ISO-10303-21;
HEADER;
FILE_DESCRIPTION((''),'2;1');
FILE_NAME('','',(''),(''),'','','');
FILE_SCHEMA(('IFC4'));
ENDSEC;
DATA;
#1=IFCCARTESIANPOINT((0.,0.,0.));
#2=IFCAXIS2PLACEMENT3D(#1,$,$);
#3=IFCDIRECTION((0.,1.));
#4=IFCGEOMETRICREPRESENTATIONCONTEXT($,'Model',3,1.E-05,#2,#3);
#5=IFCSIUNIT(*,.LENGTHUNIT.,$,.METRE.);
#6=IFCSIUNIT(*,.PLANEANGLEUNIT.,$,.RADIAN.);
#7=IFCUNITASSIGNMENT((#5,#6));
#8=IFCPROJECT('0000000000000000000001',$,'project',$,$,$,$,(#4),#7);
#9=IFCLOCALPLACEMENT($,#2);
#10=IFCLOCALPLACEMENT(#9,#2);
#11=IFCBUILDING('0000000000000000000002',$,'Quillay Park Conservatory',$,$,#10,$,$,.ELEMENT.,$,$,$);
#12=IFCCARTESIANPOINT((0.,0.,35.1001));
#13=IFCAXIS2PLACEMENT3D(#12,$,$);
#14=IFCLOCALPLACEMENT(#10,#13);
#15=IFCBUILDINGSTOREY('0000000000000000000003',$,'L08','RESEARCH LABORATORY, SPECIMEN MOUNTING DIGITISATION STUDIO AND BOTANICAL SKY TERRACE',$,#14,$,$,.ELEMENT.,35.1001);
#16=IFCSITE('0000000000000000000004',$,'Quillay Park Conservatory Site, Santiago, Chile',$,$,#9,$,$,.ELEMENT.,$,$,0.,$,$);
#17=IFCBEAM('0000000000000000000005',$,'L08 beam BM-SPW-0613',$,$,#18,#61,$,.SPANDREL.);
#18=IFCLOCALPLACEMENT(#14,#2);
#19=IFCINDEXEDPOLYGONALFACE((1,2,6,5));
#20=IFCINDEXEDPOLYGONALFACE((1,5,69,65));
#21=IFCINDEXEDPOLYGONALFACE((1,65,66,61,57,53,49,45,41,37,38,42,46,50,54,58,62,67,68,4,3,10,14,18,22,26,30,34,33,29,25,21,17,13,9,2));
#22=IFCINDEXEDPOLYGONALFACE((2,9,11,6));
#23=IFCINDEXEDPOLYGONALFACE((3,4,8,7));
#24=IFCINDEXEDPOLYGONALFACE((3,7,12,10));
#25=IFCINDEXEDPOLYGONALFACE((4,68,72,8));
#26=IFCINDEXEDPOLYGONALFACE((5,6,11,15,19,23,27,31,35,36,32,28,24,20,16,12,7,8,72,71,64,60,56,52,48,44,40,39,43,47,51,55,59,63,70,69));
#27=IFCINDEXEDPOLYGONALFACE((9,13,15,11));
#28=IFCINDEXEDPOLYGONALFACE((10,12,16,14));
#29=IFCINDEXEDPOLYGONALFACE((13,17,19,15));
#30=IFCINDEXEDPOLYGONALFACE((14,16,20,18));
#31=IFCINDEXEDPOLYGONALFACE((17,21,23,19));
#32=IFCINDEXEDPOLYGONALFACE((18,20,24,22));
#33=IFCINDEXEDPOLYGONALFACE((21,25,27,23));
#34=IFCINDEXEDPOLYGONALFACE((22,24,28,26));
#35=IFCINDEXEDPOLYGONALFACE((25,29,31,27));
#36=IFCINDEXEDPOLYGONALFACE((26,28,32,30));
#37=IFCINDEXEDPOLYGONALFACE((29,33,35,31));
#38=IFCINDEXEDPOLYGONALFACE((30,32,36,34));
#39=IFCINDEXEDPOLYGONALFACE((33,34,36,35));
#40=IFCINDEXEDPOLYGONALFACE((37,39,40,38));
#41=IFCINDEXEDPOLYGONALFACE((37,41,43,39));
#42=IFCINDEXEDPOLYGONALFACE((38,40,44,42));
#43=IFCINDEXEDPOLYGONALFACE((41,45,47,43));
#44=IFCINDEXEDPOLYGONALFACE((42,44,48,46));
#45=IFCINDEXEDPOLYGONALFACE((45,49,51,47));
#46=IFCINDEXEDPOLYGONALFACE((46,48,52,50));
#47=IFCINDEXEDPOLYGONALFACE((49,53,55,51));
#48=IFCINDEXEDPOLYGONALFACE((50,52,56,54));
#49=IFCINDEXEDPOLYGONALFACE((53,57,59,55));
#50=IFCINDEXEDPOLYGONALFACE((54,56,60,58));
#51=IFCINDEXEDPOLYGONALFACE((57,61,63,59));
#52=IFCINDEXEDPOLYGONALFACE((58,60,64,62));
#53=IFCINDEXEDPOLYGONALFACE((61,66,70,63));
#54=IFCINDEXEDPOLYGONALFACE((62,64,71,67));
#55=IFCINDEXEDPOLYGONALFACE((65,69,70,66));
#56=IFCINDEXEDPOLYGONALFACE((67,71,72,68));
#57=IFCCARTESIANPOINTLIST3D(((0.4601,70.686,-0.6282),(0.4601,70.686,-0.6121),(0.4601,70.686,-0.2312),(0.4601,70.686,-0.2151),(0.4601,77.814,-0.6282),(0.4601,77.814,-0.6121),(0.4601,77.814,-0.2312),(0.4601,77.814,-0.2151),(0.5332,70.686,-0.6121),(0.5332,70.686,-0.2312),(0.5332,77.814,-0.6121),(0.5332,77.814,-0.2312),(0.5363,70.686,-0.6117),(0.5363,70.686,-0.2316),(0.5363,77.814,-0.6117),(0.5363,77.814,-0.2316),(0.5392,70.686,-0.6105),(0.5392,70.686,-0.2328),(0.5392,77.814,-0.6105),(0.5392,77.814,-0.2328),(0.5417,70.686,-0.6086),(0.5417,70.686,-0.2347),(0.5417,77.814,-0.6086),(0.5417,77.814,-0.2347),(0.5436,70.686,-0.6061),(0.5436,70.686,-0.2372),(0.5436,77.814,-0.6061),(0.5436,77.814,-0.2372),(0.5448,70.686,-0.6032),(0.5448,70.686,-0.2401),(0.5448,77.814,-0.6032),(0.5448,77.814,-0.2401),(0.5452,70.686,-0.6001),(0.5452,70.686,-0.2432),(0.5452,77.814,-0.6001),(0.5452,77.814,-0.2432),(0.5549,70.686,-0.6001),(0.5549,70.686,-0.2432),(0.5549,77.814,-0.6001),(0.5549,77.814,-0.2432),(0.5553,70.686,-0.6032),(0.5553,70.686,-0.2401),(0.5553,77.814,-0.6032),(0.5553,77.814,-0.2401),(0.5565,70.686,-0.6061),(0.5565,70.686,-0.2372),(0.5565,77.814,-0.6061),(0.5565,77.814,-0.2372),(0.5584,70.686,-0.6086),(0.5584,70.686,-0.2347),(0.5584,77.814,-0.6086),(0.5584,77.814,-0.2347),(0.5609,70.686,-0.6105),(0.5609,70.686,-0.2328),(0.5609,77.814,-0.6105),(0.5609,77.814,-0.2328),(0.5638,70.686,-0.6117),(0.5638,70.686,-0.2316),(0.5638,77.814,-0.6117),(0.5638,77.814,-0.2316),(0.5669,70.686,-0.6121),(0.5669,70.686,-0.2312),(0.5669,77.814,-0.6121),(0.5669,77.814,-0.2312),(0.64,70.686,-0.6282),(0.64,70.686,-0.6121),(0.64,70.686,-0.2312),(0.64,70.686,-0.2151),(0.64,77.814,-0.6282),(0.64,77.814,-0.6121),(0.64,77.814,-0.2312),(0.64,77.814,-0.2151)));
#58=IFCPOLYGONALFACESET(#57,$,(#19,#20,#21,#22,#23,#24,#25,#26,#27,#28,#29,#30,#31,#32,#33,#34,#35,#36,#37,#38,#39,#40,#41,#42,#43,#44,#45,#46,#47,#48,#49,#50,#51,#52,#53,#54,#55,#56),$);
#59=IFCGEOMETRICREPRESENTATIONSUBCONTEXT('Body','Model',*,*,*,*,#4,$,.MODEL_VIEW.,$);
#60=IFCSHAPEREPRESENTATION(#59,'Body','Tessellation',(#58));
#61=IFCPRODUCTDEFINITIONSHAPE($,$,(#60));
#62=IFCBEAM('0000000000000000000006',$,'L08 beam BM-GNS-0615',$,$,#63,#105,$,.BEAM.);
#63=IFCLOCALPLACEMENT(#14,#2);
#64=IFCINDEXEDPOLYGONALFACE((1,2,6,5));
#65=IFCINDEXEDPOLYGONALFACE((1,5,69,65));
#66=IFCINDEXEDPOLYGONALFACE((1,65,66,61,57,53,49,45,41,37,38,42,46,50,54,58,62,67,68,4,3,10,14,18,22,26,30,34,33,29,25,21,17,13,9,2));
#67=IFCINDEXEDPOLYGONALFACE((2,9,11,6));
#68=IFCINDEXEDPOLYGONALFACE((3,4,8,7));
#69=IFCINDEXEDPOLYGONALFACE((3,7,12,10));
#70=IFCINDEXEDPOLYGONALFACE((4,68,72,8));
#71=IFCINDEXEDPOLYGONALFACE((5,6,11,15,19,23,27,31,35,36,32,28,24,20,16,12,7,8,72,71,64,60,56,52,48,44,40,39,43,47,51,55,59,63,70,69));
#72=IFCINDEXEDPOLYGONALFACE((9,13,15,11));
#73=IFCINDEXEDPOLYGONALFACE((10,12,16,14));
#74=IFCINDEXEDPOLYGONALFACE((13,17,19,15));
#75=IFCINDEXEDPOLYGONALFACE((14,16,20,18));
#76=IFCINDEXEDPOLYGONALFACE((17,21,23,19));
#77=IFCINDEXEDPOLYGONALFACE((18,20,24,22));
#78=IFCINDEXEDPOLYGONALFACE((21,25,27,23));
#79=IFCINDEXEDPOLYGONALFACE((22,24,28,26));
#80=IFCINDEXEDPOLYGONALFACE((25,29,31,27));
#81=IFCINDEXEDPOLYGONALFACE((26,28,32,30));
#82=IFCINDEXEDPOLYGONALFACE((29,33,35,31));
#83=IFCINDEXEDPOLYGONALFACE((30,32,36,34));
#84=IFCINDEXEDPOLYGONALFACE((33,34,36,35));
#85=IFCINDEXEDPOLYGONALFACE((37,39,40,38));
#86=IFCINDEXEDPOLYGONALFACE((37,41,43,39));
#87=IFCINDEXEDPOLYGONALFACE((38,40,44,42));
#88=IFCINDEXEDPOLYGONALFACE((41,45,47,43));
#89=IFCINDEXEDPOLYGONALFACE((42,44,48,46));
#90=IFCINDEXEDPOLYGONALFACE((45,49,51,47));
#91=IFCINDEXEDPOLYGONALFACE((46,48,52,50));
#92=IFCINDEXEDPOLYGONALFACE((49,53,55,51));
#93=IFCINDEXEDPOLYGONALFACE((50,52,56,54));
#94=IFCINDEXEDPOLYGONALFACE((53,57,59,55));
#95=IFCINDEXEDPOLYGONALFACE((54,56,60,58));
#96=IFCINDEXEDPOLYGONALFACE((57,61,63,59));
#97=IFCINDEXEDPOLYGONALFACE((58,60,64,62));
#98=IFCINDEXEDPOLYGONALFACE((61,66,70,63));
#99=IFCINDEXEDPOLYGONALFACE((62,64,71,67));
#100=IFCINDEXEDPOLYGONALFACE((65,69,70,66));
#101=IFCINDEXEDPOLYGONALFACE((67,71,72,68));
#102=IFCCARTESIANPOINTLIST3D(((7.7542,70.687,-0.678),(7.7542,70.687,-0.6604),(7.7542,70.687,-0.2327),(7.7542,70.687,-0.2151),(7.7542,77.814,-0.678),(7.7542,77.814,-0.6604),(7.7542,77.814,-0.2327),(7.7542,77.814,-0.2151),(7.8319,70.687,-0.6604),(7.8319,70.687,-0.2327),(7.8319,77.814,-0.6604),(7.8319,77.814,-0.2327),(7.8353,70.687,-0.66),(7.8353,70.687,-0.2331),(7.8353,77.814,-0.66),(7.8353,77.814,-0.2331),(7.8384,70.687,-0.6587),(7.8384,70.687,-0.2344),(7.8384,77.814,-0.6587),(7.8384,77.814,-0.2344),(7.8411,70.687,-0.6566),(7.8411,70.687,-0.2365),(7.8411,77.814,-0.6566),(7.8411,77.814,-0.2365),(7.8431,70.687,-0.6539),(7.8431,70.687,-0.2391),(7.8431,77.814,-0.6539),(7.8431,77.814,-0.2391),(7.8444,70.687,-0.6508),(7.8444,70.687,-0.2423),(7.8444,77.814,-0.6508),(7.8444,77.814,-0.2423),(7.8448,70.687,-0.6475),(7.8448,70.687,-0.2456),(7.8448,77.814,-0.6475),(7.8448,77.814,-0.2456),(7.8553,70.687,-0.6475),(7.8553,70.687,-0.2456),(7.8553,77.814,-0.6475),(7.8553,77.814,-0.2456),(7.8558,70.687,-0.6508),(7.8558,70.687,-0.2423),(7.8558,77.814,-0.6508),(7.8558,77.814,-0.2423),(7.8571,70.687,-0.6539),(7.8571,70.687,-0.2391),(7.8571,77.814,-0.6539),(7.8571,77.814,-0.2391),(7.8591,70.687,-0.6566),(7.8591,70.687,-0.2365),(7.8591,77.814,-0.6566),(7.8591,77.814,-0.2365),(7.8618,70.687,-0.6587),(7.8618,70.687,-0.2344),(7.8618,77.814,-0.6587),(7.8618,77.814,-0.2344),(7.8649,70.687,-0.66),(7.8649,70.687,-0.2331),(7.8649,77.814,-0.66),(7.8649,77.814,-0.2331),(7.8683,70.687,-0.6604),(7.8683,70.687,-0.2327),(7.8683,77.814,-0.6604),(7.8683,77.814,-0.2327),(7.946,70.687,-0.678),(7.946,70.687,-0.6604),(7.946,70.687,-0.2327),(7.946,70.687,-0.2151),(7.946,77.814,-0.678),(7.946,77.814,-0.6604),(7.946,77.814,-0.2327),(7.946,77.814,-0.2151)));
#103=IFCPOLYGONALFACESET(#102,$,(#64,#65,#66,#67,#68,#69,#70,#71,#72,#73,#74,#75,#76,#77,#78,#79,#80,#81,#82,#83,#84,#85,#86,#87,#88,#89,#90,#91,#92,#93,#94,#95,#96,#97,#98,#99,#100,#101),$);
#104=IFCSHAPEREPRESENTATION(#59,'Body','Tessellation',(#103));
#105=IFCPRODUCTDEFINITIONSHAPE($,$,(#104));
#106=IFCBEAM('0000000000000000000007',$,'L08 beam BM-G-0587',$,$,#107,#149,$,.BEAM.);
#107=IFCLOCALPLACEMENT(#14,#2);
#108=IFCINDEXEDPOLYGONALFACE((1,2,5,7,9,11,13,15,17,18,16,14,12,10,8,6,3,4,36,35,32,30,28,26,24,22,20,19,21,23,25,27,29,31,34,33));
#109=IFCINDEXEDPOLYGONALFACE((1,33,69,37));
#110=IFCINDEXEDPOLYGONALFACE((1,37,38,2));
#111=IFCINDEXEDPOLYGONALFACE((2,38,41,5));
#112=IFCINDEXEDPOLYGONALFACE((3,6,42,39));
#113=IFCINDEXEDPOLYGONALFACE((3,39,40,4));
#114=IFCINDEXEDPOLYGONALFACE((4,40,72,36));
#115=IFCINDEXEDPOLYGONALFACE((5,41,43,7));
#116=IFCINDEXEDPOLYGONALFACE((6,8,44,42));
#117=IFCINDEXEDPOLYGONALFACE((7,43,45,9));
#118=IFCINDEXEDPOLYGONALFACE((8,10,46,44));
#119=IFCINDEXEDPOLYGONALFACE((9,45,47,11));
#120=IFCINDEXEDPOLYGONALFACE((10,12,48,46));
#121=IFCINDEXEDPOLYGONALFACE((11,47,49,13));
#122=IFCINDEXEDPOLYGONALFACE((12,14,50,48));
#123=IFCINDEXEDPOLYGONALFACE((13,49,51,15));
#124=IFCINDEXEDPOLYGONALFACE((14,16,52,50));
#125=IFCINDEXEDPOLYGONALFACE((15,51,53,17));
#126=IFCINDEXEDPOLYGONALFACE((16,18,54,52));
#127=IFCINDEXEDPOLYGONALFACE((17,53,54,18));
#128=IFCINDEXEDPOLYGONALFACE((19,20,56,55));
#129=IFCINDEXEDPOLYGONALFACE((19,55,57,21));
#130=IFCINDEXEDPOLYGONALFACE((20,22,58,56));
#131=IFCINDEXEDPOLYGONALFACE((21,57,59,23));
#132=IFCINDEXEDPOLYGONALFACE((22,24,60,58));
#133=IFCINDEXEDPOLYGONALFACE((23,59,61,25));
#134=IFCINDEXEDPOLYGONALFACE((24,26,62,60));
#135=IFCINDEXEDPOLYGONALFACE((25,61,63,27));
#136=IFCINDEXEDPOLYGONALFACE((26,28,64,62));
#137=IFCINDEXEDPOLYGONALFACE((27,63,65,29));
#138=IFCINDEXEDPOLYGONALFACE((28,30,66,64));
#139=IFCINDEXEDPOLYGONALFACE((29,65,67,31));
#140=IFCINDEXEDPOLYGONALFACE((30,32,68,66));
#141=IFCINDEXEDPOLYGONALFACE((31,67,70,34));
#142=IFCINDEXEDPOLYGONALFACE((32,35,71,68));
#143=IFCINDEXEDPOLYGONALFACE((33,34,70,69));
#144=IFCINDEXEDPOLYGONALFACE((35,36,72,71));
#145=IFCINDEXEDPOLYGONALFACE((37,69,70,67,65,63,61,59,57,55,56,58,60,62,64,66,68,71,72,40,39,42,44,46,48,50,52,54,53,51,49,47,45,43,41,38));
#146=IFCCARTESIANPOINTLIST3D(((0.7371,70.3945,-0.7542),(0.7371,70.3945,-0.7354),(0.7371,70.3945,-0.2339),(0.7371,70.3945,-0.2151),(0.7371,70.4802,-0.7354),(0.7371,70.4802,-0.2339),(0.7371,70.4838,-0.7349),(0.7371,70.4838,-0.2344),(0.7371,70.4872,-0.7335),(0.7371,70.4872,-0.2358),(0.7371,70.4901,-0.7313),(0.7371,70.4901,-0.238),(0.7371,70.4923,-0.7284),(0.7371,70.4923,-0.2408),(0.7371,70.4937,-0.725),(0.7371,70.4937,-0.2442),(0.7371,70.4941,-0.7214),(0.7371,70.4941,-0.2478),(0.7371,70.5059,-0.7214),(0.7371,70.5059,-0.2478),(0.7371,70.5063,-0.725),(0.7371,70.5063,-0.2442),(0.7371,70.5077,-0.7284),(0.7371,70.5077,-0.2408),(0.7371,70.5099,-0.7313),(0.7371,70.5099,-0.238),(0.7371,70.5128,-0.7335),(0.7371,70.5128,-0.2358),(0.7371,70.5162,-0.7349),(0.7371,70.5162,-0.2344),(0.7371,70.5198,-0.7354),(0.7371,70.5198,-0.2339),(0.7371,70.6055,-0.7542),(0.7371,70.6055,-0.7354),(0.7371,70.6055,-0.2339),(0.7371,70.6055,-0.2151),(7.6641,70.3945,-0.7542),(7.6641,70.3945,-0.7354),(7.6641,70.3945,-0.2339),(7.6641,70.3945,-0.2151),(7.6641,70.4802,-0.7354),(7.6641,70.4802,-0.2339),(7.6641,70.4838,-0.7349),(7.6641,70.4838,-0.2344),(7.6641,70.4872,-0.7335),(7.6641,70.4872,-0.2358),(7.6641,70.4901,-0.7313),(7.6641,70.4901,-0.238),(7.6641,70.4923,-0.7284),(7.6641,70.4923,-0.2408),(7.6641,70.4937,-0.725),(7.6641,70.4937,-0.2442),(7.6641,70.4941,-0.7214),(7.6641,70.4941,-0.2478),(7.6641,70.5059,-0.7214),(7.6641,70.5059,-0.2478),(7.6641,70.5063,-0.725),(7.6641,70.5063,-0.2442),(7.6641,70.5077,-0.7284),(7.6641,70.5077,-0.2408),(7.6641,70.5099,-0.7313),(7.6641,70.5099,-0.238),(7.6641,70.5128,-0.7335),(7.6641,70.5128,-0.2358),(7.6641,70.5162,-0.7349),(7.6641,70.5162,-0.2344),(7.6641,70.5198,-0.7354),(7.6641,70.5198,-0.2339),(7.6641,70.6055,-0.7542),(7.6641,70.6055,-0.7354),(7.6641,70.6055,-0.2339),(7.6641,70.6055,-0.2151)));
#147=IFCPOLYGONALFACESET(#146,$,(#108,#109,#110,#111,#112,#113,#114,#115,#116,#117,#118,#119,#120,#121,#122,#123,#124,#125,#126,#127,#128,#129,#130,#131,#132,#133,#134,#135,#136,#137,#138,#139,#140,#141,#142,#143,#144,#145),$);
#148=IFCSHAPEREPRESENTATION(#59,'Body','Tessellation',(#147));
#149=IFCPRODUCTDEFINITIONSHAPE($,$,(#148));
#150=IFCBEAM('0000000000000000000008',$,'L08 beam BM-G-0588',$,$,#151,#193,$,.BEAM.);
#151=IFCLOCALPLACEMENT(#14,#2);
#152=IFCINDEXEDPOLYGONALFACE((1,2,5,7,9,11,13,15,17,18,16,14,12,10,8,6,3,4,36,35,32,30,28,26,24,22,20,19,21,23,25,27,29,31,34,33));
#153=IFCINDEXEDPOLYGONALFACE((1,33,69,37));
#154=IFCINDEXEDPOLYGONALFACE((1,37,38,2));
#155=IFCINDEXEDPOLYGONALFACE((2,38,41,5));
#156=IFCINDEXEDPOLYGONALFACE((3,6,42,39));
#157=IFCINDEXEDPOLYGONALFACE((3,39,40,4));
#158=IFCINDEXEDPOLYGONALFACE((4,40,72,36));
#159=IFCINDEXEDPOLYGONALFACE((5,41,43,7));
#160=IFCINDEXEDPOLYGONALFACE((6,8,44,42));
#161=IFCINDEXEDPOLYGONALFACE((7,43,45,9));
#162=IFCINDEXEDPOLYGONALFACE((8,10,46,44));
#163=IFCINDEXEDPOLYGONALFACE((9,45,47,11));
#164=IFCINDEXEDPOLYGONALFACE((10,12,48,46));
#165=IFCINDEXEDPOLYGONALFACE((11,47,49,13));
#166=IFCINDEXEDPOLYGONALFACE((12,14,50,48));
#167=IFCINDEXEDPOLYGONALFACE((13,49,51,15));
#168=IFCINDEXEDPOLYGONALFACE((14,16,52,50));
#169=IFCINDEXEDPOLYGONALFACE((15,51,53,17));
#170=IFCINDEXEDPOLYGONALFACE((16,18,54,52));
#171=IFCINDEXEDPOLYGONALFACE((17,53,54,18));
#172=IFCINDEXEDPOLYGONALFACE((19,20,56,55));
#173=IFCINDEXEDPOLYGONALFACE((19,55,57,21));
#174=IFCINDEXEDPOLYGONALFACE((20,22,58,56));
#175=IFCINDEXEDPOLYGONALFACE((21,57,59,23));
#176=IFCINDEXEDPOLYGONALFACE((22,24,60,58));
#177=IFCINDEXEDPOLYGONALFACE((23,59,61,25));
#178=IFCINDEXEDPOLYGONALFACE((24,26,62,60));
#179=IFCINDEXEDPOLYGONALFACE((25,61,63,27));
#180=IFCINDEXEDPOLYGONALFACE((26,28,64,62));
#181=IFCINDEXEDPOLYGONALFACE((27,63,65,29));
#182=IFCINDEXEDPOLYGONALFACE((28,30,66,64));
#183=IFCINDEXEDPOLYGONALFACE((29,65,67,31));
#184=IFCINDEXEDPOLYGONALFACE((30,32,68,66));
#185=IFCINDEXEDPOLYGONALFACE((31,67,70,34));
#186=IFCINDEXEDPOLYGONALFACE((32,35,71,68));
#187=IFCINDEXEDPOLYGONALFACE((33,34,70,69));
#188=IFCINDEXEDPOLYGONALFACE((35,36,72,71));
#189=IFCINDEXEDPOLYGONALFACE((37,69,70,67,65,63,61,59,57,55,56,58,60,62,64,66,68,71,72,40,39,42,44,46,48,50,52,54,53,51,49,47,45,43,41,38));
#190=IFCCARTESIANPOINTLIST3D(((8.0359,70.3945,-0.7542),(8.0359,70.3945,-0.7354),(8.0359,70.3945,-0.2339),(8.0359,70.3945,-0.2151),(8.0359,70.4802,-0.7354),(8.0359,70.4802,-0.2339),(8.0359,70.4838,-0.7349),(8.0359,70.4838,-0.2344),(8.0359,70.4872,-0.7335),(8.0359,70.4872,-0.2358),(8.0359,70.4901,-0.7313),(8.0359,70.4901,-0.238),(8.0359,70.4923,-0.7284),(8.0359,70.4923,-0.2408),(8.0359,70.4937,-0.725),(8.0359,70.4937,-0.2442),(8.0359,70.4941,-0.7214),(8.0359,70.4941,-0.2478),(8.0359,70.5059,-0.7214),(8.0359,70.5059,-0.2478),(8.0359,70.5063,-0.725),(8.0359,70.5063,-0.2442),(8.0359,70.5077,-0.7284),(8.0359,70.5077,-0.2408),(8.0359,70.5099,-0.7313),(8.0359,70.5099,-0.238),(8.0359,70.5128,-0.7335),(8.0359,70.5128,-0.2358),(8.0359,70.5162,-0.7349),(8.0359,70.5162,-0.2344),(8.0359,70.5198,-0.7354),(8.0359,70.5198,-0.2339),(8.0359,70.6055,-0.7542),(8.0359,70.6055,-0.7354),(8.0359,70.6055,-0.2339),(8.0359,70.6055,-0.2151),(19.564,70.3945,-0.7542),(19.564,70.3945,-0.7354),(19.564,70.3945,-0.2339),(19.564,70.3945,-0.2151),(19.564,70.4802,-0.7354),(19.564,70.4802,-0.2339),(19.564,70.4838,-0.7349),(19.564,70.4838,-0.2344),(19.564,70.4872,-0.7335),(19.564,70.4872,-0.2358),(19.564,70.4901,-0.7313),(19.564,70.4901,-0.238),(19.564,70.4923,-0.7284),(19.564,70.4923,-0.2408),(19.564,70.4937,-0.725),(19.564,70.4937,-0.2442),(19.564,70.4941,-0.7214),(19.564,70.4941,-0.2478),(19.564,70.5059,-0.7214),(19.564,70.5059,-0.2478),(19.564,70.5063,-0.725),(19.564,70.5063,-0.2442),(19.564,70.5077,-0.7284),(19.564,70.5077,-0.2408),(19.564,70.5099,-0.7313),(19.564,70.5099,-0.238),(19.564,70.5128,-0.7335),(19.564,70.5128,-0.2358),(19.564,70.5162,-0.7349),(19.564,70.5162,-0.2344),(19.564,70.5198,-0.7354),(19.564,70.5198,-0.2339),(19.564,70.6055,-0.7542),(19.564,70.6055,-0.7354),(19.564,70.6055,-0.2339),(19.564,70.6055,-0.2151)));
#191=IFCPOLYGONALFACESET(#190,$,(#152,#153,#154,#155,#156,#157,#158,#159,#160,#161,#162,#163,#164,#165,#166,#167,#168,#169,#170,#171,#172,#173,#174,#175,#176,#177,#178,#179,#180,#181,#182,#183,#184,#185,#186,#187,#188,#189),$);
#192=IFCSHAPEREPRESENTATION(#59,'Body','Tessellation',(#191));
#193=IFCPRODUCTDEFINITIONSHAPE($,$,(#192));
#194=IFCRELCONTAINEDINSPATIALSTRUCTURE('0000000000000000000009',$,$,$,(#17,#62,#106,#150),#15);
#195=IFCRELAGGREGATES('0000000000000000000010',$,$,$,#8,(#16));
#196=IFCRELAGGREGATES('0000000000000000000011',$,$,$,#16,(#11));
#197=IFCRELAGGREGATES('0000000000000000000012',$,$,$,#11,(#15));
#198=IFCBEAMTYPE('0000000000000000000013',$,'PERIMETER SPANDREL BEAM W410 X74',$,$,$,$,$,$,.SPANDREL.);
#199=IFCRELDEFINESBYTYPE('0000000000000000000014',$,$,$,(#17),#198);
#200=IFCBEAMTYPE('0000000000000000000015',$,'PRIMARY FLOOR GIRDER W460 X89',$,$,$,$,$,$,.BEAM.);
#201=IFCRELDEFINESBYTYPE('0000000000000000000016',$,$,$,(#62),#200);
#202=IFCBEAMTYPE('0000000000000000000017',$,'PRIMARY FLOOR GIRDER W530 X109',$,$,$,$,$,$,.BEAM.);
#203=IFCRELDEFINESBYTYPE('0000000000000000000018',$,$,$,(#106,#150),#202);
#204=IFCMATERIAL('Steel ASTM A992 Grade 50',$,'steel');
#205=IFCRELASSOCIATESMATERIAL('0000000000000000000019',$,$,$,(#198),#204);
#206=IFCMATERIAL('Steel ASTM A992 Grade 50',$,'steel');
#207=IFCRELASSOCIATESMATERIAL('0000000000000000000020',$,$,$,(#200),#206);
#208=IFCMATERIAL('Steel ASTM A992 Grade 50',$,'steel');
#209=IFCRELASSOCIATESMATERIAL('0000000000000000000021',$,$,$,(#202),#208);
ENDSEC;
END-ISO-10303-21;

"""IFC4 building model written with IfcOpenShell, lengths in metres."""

from ifc_helpers import new_model, si_unit, direction, frame, origin, origin_2d, place, context, subcontext, project, spatial, i_section, extrude, material, material_profile, profile_set, type_object, element, save


model = new_model("IFC4")

# Units and contexts
model_context = context("Model", 3, precision=1e-05, world=origin(), true_north=direction((0.0, 1.0)))
body_context = subcontext(model_context, "Body", "Model", "MODEL_VIEW")
ifc_project = project(units=[si_unit("LENGTHUNIT", "METRE"), si_unit("PLANEANGLEUNIT", "RADIAN")], contexts=[model_context])

# Site, building, storey
site_placement = place(None, origin())
site = spatial("IfcSite", under=ifc_project, at=site_placement, Name="Quillay Park Conservatory Site, Santiago, Chile", CompositionType="ELEMENT", RefElevation=0.0)
building_placement = place(site_placement, origin())
building = spatial("IfcBuilding", under=site, at=building_placement, Name="Quillay Park Conservatory", CompositionType="ELEMENT")
storey_placement = place(building_placement, frame((0.0, 0.0, 35.1001)))
storey = spatial("IfcBuildingStorey", under=building, at=storey_placement, Name="L08", Description="RESEARCH LABORATORY, SPECIMEN MOUNTING DIGITISATION STUDIO AND BOTANICAL SKY TERRACE", CompositionType="ELEMENT", Elevation=35.1001)

# Beams
ifc_material_1 = material(Name="Steel ASTM A992 Grade 50", Category="steel")
ifc_material_profile_1 = material_profile(ifc_material_1, i_section(OverallWidth=0.1799, OverallDepth=0.4131, WebThickness=0.0098, FlangeThickness=0.0161, FilletRadius=0.012, at=origin_2d()), Name="W410x74")
ifc_profile_set_1 = profile_set([ifc_material_profile_1], Name="Steel ASTM A992 Grade 50")
beam_type_1 = type_object("IfcBeamType", Name="PERIMETER SPANDREL BEAM W410 X74", PredefinedType="SPANDREL", material=ifc_profile_set_1)
beam_1_placement = place(storey_placement, frame((0.55, 70.686, -0.4216), z_axis=(0.0, 1.0, 0.0), x_axis=(-1.0, 0.0, 0.0)))
element("IfcBeam", 1, at=beam_1_placement, inside=storey, type_object=beam_type_1, Name="L08 beam BM-SPW-0613", PredefinedType="SPANDREL", context=body_context, shape_type="SweptSolid", body=[
    extrude(i_section(OverallWidth=0.1799, OverallDepth=0.4131, WebThickness=0.0098, FlangeThickness=0.0161, FilletRadius=0.012, at=origin_2d()), origin(), (0.0, 0.0, 1.0), 7.1279),
])
ifc_material_2 = material(Name="Steel ASTM A992 Grade 50", Category="steel")
ifc_material_profile_2 = material_profile(ifc_material_2, i_section(OverallWidth=0.1919, OverallDepth=0.4629, WebThickness=0.0105, FlangeThickness=0.0176, FilletRadius=0.0129, at=origin_2d()), Name="W460x89")
ifc_profile_set_2 = profile_set([ifc_material_profile_2], Name="Steel ASTM A992 Grade 50")
beam_type_2 = type_object("IfcBeamType", Name="PRIMARY FLOOR GIRDER W460 X89", PredefinedType="BEAM", material=ifc_profile_set_2)
beam_2_placement = place(storey_placement, frame((7.8501, 70.687, -0.4465), z_axis=(0.0, 1.0, 0.0), x_axis=(-1.0, 0.0, 0.0)))
element("IfcBeam", 2, at=beam_2_placement, inside=storey, type_object=beam_type_2, Name="L08 beam BM-GNS-0615", PredefinedType="BEAM", context=body_context, shape_type="SweptSolid", body=[
    extrude(i_section(OverallWidth=0.1919, OverallDepth=0.4629, WebThickness=0.0105, FlangeThickness=0.0176, FilletRadius=0.0129, at=origin_2d()), origin(), (0.0, 0.0, 1.0), 7.127),
])
ifc_material_3 = material(Name="Steel ASTM A992 Grade 50", Category="steel")
ifc_material_profile_3 = material_profile(ifc_material_3, i_section(OverallWidth=0.2109, OverallDepth=0.5391, WebThickness=0.0117, FlangeThickness=0.0188, FilletRadius=0.0139, at=origin_2d()), Name="W530x109")
ifc_profile_set_3 = profile_set([ifc_material_profile_3], Name="Steel ASTM A992 Grade 50")
beam_type_3 = type_object("IfcBeamType", Name="PRIMARY FLOOR GIRDER W530 X109", PredefinedType="BEAM", material=ifc_profile_set_3)
beam_3_placement = place(storey_placement, frame((0.7371, 70.5, -0.4846), z_axis=(1.0, 0.0, 0.0), x_axis=(0.0, 1.0, 0.0)))
element("IfcBeam", 3, at=beam_3_placement, inside=storey, type_object=beam_type_3, Name="L08 beam BM-G-0587", PredefinedType="BEAM", context=body_context, shape_type="SweptSolid", body=[
    extrude(i_section(OverallWidth=0.2109, OverallDepth=0.5391, WebThickness=0.0117, FlangeThickness=0.0188, FilletRadius=0.0139, at=origin_2d()), origin(), (0.0, 0.0, 1.0), 6.927),
])
beam_4_placement = place(storey_placement, frame((8.0359, 70.5, -0.4846), z_axis=(1.0, 0.0, 0.0), x_axis=(0.0, 1.0, 0.0)))
element("IfcBeam", 4, at=beam_4_placement, inside=storey, type_object=beam_type_3, Name="L08 beam BM-G-0588", PredefinedType="BEAM", context=body_context, shape_type="SweptSolid", body=[
    extrude(i_section(OverallWidth=0.2109, OverallDepth=0.5391, WebThickness=0.0117, FlangeThickness=0.0188, FilletRadius=0.0139, at=origin_2d()), origin(), (0.0, 0.0, 1.0), 11.5281),
])

save(model, "model.ifc")
